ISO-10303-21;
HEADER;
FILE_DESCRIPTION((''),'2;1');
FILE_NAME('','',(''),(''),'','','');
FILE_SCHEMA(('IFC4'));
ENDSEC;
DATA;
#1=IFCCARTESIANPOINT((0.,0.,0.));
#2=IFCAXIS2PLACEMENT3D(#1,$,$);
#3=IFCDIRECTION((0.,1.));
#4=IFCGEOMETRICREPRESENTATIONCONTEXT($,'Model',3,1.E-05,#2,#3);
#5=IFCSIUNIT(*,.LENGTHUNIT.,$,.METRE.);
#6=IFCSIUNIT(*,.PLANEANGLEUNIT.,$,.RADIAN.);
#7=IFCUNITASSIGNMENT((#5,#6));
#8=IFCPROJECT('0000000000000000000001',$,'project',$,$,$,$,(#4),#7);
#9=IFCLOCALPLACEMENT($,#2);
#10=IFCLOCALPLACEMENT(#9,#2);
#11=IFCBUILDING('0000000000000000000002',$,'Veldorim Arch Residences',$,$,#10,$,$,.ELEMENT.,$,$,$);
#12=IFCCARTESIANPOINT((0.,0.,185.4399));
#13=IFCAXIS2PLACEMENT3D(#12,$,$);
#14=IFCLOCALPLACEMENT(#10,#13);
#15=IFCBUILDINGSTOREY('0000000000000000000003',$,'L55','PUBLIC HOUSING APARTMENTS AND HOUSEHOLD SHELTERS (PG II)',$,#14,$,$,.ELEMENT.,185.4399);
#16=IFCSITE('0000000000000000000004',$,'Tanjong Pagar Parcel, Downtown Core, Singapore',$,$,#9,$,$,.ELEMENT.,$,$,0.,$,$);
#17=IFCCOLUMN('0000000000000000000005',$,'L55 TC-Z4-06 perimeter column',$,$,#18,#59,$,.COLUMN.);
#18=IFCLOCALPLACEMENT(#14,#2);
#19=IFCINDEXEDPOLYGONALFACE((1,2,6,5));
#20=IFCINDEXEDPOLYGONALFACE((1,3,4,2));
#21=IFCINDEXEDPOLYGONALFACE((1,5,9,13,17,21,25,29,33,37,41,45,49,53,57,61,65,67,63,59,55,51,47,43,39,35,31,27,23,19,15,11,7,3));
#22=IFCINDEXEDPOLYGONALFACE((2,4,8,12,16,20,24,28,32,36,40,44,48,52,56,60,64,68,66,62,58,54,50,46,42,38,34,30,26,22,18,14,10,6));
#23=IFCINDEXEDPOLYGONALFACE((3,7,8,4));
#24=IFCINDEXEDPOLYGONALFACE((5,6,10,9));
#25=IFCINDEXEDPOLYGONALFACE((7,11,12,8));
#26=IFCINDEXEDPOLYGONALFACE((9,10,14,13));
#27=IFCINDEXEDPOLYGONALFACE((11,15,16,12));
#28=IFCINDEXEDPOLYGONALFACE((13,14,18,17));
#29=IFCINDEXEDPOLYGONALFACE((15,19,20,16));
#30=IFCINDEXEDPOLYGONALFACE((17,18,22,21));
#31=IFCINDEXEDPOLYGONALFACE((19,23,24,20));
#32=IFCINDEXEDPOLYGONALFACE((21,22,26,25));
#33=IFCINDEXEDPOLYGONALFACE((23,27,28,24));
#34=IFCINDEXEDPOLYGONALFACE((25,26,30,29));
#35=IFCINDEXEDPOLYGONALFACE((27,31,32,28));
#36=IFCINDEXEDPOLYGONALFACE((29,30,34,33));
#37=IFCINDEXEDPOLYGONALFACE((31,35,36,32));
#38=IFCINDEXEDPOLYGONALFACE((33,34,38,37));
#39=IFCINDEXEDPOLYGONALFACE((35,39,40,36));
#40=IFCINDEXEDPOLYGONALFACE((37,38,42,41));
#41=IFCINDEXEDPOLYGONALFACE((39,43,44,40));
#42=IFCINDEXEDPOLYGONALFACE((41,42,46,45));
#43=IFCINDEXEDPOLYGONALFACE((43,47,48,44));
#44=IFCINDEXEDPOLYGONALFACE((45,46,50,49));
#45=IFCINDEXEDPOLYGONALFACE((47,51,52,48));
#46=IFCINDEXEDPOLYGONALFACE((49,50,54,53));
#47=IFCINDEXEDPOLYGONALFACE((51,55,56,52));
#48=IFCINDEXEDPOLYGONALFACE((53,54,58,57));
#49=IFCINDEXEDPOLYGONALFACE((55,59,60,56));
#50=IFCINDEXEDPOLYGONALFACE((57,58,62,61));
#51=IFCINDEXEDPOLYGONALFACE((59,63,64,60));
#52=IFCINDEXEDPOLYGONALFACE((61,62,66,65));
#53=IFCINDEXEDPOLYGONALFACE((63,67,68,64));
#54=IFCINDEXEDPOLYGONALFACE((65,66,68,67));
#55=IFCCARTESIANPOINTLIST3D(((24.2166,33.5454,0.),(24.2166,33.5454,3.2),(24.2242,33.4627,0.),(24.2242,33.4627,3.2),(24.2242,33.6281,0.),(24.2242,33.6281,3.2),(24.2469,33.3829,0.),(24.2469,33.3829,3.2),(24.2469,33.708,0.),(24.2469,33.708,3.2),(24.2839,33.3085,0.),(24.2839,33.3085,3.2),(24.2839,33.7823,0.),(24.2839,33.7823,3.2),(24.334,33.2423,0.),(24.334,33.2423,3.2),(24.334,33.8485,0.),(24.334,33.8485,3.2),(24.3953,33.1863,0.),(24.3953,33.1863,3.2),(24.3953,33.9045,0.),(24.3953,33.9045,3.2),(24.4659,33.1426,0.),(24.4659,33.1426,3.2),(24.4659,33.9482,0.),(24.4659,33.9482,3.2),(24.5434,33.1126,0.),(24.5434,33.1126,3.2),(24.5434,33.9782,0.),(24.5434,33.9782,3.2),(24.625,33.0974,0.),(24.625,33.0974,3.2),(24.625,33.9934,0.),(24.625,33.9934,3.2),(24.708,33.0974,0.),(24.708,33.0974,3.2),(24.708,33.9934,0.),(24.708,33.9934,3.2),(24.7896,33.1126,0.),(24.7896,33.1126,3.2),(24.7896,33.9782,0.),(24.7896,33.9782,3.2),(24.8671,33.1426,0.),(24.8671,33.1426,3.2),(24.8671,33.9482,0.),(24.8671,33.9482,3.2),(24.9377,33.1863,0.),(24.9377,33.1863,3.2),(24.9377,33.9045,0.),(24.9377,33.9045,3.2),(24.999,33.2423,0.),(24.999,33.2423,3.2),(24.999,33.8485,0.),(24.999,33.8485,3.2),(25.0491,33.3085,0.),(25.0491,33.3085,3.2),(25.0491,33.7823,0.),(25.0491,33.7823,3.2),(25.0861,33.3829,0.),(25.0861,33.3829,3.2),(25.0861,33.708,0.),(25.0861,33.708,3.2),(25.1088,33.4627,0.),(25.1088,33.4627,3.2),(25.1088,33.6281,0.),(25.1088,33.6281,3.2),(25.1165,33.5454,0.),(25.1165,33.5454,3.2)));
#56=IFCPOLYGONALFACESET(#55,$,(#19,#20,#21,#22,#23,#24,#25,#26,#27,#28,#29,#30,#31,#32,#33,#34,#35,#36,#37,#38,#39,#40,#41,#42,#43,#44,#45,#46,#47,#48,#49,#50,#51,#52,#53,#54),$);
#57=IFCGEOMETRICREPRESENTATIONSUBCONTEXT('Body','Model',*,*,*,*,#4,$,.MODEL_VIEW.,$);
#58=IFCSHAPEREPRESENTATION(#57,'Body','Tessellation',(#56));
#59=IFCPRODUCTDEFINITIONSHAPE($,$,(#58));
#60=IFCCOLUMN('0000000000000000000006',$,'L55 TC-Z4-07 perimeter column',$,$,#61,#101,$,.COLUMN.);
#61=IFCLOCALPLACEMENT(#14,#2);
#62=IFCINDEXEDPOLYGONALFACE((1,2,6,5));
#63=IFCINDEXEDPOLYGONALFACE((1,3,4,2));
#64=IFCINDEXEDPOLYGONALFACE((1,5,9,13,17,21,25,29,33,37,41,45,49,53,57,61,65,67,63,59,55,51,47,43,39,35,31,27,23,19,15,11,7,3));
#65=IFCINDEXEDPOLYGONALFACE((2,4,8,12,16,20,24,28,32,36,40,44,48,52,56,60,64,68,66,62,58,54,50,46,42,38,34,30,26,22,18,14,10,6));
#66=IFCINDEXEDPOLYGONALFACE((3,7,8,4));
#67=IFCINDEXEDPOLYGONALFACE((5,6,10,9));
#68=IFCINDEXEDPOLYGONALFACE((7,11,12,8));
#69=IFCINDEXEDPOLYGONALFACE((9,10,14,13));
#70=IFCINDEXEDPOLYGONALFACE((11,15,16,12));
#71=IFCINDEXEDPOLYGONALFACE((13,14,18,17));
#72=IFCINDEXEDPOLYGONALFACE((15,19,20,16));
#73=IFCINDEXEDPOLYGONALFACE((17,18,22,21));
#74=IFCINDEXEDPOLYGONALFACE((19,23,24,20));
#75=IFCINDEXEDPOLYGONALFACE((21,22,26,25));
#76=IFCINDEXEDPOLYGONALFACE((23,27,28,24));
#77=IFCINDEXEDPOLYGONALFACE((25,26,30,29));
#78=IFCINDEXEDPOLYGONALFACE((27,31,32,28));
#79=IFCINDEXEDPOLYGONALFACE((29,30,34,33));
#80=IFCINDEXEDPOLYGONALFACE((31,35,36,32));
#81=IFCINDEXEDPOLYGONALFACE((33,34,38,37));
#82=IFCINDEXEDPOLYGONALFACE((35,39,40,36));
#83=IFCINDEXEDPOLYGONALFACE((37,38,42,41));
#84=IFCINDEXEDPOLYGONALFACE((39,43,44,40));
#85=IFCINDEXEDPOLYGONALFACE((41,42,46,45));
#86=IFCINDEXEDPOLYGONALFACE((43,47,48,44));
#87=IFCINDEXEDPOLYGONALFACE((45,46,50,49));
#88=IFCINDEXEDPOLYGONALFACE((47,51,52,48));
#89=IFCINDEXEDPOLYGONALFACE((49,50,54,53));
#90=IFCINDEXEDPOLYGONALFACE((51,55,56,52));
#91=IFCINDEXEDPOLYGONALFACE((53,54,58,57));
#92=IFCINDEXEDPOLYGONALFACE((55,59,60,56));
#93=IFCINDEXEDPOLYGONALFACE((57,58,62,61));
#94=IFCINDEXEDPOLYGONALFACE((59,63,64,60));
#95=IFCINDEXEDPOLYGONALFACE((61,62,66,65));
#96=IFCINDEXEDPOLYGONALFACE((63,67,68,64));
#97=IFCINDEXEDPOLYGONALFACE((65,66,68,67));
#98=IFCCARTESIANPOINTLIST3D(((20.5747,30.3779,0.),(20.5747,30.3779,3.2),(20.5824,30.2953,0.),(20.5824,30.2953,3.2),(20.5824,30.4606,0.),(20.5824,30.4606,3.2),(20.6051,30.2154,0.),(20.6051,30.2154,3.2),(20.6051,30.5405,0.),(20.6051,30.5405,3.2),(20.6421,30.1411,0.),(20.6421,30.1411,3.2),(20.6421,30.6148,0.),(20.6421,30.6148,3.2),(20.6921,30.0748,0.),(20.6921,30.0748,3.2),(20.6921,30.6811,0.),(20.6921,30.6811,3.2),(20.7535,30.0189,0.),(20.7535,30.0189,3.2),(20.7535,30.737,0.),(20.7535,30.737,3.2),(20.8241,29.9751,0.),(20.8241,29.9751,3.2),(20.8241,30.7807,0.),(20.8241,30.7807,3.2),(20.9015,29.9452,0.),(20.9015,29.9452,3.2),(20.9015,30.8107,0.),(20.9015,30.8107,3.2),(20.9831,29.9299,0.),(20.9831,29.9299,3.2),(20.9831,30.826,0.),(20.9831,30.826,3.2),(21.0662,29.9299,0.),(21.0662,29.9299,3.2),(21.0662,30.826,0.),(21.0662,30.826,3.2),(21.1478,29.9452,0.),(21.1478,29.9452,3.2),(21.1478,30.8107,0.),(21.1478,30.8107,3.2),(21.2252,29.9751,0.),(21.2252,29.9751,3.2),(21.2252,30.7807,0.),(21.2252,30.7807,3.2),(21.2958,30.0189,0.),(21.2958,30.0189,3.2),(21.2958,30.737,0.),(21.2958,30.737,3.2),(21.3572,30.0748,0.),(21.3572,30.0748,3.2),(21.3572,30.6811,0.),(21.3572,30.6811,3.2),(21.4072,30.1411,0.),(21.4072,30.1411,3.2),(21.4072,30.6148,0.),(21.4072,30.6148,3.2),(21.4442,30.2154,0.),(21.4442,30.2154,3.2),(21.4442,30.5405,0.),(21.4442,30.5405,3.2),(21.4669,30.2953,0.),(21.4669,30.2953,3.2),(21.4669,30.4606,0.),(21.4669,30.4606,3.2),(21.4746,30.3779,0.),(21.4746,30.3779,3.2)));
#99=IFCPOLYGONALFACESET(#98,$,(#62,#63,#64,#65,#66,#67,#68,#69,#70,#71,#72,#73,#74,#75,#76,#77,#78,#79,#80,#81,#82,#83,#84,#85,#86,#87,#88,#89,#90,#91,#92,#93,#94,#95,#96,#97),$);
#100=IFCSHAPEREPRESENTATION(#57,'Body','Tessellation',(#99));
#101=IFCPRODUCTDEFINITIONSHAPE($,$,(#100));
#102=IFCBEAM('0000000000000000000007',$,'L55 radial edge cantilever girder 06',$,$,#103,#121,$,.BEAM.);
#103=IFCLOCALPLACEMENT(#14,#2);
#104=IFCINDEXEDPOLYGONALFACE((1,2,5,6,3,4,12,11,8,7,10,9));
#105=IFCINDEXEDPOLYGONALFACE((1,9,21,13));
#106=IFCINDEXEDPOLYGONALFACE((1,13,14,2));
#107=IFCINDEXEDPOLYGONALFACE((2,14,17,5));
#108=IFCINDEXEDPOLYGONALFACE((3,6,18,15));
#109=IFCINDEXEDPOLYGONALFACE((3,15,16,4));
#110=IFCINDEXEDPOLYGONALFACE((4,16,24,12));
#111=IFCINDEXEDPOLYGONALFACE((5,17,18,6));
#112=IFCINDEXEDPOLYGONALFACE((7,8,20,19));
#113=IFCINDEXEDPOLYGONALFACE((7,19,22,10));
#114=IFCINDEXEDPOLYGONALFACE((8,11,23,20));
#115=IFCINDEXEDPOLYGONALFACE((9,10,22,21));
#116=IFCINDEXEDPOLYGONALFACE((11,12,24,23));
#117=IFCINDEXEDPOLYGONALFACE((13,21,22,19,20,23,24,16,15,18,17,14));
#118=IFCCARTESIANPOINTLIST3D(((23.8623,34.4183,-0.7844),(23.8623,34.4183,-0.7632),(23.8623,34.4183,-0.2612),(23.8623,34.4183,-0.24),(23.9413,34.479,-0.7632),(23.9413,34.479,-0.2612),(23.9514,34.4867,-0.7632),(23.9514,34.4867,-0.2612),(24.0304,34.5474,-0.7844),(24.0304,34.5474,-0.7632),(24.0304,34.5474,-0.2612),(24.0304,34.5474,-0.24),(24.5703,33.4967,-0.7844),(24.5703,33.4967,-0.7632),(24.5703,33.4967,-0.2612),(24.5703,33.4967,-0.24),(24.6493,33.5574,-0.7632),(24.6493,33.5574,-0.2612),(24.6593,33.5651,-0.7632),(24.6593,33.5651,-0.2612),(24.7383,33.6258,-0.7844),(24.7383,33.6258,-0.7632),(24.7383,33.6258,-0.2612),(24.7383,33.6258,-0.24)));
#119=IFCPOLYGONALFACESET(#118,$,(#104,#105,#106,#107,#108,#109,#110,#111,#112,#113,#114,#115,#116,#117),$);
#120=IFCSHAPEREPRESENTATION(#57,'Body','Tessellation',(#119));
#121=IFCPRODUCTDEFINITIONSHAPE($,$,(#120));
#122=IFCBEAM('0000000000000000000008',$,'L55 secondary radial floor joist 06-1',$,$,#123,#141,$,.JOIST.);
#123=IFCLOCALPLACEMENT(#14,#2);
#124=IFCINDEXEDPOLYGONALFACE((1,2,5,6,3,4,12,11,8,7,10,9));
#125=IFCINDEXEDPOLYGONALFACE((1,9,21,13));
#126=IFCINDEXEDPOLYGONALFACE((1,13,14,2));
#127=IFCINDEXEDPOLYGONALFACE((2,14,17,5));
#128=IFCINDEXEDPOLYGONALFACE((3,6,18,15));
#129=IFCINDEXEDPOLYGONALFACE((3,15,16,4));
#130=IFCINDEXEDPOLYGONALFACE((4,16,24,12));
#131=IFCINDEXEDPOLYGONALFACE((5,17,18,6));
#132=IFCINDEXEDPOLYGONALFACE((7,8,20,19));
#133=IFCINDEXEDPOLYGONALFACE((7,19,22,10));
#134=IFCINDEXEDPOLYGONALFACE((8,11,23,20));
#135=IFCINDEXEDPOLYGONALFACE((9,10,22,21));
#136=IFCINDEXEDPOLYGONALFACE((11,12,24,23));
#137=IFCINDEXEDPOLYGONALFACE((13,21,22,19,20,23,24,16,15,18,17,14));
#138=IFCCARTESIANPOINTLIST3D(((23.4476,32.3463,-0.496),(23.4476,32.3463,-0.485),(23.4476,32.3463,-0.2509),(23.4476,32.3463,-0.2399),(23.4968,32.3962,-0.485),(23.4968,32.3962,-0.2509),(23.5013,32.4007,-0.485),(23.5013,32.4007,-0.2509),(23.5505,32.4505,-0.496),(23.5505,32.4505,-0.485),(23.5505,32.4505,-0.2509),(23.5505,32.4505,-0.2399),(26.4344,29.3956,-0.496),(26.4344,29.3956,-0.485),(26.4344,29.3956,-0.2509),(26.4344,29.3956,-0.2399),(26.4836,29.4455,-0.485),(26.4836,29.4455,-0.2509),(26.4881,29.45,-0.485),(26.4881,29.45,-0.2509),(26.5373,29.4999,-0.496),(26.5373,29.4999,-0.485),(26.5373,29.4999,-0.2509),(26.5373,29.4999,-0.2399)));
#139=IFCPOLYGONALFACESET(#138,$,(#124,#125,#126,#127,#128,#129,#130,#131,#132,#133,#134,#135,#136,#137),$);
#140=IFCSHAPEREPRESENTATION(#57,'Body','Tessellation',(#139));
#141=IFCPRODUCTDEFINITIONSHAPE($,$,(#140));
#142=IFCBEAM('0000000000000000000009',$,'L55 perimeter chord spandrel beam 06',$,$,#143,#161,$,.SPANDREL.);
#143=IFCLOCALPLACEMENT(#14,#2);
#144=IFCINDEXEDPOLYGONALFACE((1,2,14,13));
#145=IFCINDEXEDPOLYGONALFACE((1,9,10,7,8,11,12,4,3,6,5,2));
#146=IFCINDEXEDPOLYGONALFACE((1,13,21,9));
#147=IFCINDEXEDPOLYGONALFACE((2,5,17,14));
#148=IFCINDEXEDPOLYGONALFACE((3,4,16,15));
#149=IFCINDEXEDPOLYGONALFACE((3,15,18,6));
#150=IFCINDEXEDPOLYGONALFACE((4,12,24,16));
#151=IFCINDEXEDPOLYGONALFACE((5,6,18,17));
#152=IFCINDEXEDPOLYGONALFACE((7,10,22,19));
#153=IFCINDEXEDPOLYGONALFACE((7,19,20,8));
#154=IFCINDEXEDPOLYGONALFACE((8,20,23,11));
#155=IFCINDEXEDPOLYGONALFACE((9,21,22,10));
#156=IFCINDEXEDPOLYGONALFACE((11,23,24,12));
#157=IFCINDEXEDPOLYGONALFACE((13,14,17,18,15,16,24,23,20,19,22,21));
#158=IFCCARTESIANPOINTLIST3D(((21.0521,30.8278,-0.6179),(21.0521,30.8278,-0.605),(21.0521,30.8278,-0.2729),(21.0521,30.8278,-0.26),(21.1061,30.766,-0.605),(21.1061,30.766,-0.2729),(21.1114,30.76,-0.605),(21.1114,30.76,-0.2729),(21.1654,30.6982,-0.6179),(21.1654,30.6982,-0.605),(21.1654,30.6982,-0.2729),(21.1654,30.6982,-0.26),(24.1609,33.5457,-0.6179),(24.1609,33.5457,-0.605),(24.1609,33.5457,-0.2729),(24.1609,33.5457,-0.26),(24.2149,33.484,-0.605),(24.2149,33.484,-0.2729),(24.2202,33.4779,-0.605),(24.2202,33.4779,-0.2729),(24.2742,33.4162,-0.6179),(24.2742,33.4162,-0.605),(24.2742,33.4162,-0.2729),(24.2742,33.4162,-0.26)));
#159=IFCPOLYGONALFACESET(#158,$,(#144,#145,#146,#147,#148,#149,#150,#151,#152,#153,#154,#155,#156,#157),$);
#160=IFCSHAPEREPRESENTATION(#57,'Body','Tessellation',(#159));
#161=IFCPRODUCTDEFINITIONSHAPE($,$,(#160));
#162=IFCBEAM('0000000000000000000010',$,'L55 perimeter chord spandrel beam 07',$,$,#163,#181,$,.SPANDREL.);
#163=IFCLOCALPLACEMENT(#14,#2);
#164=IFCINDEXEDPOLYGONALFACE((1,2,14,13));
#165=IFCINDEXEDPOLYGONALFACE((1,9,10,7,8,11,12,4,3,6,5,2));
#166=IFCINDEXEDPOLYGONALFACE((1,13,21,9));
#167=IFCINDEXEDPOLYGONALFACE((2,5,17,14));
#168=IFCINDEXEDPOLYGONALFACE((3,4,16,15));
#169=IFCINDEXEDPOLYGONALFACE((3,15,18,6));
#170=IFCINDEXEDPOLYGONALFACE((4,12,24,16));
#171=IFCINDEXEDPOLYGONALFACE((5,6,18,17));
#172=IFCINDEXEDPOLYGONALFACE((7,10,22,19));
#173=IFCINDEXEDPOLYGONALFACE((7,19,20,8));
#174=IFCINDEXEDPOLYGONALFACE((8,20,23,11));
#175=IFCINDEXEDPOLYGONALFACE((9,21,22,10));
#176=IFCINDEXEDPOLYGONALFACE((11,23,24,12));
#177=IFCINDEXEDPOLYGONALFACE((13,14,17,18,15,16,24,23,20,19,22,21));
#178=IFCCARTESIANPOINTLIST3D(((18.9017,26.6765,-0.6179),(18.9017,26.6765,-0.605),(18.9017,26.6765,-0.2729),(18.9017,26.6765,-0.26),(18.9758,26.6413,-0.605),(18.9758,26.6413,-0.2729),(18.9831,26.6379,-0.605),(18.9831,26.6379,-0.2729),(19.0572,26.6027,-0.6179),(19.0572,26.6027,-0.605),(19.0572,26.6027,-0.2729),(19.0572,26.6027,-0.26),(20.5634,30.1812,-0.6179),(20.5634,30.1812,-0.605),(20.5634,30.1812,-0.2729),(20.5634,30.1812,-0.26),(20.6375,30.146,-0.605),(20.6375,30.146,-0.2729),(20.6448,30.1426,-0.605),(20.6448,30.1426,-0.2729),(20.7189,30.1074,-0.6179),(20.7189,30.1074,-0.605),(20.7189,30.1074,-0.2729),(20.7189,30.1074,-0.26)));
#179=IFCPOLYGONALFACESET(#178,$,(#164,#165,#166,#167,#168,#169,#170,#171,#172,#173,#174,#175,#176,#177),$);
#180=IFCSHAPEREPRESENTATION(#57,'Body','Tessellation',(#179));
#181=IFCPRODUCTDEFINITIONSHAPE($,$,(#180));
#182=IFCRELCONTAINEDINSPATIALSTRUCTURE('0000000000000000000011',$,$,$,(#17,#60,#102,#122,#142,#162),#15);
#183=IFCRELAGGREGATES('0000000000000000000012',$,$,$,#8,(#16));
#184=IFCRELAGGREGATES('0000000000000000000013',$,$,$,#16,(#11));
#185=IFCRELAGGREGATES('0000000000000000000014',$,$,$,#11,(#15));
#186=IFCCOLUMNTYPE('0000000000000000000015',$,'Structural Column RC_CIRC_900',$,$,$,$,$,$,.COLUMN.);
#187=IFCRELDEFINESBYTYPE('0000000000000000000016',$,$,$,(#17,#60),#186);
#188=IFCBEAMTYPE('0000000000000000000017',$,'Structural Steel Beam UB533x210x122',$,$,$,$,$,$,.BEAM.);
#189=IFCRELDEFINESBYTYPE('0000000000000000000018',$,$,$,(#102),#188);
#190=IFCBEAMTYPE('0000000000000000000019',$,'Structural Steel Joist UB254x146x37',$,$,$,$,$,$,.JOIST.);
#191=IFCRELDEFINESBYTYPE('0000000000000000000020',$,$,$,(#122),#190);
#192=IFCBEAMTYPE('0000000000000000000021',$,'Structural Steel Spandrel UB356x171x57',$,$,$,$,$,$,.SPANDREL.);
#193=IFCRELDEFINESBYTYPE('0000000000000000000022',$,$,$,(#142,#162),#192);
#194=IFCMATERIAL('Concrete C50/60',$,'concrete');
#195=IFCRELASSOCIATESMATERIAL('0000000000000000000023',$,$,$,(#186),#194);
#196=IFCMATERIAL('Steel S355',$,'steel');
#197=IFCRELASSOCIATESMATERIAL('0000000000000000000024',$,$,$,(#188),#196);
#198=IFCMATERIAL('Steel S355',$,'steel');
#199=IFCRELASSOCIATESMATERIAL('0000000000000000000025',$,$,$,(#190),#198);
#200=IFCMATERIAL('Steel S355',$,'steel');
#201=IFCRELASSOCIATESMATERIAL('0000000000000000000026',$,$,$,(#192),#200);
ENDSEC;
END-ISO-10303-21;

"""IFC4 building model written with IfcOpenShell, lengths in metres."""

from ifc_helpers import new_model, si_unit, direction, frame, origin, origin_2d, place, context, subcontext, project, spatial, circle, i_section, extrude, material, material_profile, profile_set, type_object, element, save


model = new_model("IFC4")

# Units and contexts
model_context = context("Model", 3, precision=1e-05, world=origin(), true_north=direction((0.0, 1.0)))
body_context = subcontext(model_context, "Body", "Model", "MODEL_VIEW")
ifc_project = project(units=[si_unit("LENGTHUNIT", "METRE"), si_unit("PLANEANGLEUNIT", "RADIAN")], contexts=[model_context])

# Site, building, storey
site_placement = place(None, origin())
site = spatial("IfcSite", under=ifc_project, at=site_placement, Name="Tanjong Pagar Parcel, Downtown Core, Singapore", CompositionType="ELEMENT", RefElevation=0.0)
building_placement = place(site_placement, origin())
building = spatial("IfcBuilding", under=site, at=building_placement, Name="Veldorim Arch Residences", CompositionType="ELEMENT")
storey_placement = place(building_placement, frame((0.0, 0.0, 185.4399)))
storey = spatial("IfcBuildingStorey", under=building, at=storey_placement, Name="L55", Description="PUBLIC HOUSING APARTMENTS AND HOUSEHOLD SHELTERS (PG II)", CompositionType="ELEMENT", Elevation=185.4399)

# Columns
ifc_material_1 = material(Name="Concrete C50/60", Category="concrete")
ifc_material_profile_1 = material_profile(ifc_material_1, circle(Radius=0.45, at=origin_2d()), Name="RC_CIRC_900")
ifc_profile_set_1 = profile_set([ifc_material_profile_1], Name="Concrete C50/60")
column_type = type_object("IfcColumnType", Name="Structural Column RC_CIRC_900", PredefinedType="COLUMN", material=ifc_profile_set_1)
for number, where, z_axis, x_axis, name in (
    (1, (24.6665, 33.5454, 0.0), (0.0, 0.0, 1.0), (1.0, 0.0, 0.0), "L55 TC-Z4-06 perimeter column"),
    (2, (21.0247, 30.3779, 0.0), (0.0, 0.0, 1.0), (1.0, 0.0, 0.0), "L55 TC-Z4-07 perimeter column"),
):
    element("IfcColumn", number, at=place(storey_placement, frame(where, z_axis=z_axis, x_axis=x_axis)), inside=storey, type_object=column_type, Name=name, PredefinedType="COLUMN", context=body_context, shape_type="SweptSolid", body=[
        extrude(circle(Radius=0.45, at=origin_2d()), origin(), (0.0, 0.0, 1.0), 3.2),
    ])

# Beams
ifc_material_2 = material(Name="Steel S355", Category="steel")
ifc_material_profile_2 = material_profile(ifc_material_2, i_section(OverallWidth=0.2119, OverallDepth=0.5444, WebThickness=0.0127, FlangeThickness=0.0212, at=origin_2d()), Name="UB533x210x122")
ifc_profile_set_2 = profile_set([ifc_material_profile_2], Name="Steel S355")
beam_type_1 = type_object("IfcBeamType", Name="Structural Steel Beam UB533x210x122", PredefinedType="BEAM", material=ifc_profile_set_2)
beam_1_placement = place(storey_placement, frame((24.6543, 33.5613, -0.5122), z_axis=(-0.609203, 0.793014, 0.0), x_axis=(-0.793014, -0.609203, 0.0)))
element("IfcBeam", 3, at=beam_1_placement, inside=storey, type_object=beam_type_1, Name="L55 radial edge cantilever girder 06", PredefinedType="BEAM", context=body_context, shape_type="SweptSolid", body=[
    extrude(i_section(OverallWidth=0.2119, OverallDepth=0.5444, WebThickness=0.0127, FlangeThickness=0.0212, at=origin_2d()), origin(), (0.0, 0.0, 1.0), 1.1621),
])
ifc_material_3 = material(Name="Steel S355", Category="steel")
ifc_material_profile_3 = material_profile(ifc_material_3, i_section(OverallWidth=0.1465, OverallDepth=0.2561, WebThickness=0.0063, FlangeThickness=0.011, at=origin_2d()), Name="UB254x146x37")
ifc_profile_set_3 = profile_set([ifc_material_profile_3], Name="Steel S355")
beam_type_2 = type_object("IfcBeamType", Name="Structural Steel Joist UB254x146x37", PredefinedType="JOIST", material=ifc_profile_set_3)
beam_2_placement = place(storey_placement, frame((26.4858, 29.4478, -0.3679), z_axis=(-0.711397, 0.702791, 0.0), x_axis=(-0.702791, -0.711397, 0.0)))
element("IfcBeam", 4, at=beam_2_placement, inside=storey, type_object=beam_type_2, Name="L55 secondary radial floor joist 06-1", PredefinedType="JOIST", context=body_context, shape_type="SweptSolid", body=[
    extrude(i_section(OverallWidth=0.1465, OverallDepth=0.2561, WebThickness=0.0063, FlangeThickness=0.011, at=origin_2d()), origin(), (0.0, 0.0, 1.0), 4.1985),
])
ifc_material_4 = material(Name="Steel S355", Category="steel")
ifc_material_profile_4 = material_profile(ifc_material_4, i_section(OverallWidth=0.1721, OverallDepth=0.3579, WebThickness=0.0081, FlangeThickness=0.0129, at=origin_2d()), Name="UB356x171x57")
ifc_profile_set_4 = profile_set([ifc_material_profile_4], Name="Steel S355")
beam_type_3 = type_object("IfcBeamType", Name="Structural Steel Spandrel UB356x171x57", PredefinedType="SPANDREL", material=ifc_profile_set_4)
beam_3_placement = place(storey_placement, frame((24.2175, 33.481, -0.439), z_axis=(-0.752848, -0.658195, 0.0), x_axis=(0.658195, -0.752848, 0.0)))
element("IfcBeam", 5, at=beam_3_placement, inside=storey, type_object=beam_type_3, Name="L55 perimeter chord spandrel beam 06", PredefinedType="SPANDREL", context=body_context, shape_type="SweptSolid", body=[
    extrude(i_section(OverallWidth=0.1721, OverallDepth=0.3579, WebThickness=0.0081, FlangeThickness=0.0129, at=origin_2d()), origin(), (0.0, 0.0, 1.0), 4.1294),
])
beam_4_placement = place(storey_placement, frame((20.6411, 30.1443, -0.439), z_axis=(-0.428408, -0.903585, 0.0), x_axis=(0.903585, -0.428408, 0.0)))
element("IfcBeam", 6, at=beam_4_placement, inside=storey, type_object=beam_type_3, Name="L55 perimeter chord spandrel beam 07", PredefinedType="SPANDREL", context=body_context, shape_type="SweptSolid", body=[
    extrude(i_section(OverallWidth=0.1721, OverallDepth=0.3579, WebThickness=0.0081, FlangeThickness=0.0129, at=origin_2d()), origin(), (0.0, 0.0, 1.0), 3.8787),
])

save(model, "model.ifc")
